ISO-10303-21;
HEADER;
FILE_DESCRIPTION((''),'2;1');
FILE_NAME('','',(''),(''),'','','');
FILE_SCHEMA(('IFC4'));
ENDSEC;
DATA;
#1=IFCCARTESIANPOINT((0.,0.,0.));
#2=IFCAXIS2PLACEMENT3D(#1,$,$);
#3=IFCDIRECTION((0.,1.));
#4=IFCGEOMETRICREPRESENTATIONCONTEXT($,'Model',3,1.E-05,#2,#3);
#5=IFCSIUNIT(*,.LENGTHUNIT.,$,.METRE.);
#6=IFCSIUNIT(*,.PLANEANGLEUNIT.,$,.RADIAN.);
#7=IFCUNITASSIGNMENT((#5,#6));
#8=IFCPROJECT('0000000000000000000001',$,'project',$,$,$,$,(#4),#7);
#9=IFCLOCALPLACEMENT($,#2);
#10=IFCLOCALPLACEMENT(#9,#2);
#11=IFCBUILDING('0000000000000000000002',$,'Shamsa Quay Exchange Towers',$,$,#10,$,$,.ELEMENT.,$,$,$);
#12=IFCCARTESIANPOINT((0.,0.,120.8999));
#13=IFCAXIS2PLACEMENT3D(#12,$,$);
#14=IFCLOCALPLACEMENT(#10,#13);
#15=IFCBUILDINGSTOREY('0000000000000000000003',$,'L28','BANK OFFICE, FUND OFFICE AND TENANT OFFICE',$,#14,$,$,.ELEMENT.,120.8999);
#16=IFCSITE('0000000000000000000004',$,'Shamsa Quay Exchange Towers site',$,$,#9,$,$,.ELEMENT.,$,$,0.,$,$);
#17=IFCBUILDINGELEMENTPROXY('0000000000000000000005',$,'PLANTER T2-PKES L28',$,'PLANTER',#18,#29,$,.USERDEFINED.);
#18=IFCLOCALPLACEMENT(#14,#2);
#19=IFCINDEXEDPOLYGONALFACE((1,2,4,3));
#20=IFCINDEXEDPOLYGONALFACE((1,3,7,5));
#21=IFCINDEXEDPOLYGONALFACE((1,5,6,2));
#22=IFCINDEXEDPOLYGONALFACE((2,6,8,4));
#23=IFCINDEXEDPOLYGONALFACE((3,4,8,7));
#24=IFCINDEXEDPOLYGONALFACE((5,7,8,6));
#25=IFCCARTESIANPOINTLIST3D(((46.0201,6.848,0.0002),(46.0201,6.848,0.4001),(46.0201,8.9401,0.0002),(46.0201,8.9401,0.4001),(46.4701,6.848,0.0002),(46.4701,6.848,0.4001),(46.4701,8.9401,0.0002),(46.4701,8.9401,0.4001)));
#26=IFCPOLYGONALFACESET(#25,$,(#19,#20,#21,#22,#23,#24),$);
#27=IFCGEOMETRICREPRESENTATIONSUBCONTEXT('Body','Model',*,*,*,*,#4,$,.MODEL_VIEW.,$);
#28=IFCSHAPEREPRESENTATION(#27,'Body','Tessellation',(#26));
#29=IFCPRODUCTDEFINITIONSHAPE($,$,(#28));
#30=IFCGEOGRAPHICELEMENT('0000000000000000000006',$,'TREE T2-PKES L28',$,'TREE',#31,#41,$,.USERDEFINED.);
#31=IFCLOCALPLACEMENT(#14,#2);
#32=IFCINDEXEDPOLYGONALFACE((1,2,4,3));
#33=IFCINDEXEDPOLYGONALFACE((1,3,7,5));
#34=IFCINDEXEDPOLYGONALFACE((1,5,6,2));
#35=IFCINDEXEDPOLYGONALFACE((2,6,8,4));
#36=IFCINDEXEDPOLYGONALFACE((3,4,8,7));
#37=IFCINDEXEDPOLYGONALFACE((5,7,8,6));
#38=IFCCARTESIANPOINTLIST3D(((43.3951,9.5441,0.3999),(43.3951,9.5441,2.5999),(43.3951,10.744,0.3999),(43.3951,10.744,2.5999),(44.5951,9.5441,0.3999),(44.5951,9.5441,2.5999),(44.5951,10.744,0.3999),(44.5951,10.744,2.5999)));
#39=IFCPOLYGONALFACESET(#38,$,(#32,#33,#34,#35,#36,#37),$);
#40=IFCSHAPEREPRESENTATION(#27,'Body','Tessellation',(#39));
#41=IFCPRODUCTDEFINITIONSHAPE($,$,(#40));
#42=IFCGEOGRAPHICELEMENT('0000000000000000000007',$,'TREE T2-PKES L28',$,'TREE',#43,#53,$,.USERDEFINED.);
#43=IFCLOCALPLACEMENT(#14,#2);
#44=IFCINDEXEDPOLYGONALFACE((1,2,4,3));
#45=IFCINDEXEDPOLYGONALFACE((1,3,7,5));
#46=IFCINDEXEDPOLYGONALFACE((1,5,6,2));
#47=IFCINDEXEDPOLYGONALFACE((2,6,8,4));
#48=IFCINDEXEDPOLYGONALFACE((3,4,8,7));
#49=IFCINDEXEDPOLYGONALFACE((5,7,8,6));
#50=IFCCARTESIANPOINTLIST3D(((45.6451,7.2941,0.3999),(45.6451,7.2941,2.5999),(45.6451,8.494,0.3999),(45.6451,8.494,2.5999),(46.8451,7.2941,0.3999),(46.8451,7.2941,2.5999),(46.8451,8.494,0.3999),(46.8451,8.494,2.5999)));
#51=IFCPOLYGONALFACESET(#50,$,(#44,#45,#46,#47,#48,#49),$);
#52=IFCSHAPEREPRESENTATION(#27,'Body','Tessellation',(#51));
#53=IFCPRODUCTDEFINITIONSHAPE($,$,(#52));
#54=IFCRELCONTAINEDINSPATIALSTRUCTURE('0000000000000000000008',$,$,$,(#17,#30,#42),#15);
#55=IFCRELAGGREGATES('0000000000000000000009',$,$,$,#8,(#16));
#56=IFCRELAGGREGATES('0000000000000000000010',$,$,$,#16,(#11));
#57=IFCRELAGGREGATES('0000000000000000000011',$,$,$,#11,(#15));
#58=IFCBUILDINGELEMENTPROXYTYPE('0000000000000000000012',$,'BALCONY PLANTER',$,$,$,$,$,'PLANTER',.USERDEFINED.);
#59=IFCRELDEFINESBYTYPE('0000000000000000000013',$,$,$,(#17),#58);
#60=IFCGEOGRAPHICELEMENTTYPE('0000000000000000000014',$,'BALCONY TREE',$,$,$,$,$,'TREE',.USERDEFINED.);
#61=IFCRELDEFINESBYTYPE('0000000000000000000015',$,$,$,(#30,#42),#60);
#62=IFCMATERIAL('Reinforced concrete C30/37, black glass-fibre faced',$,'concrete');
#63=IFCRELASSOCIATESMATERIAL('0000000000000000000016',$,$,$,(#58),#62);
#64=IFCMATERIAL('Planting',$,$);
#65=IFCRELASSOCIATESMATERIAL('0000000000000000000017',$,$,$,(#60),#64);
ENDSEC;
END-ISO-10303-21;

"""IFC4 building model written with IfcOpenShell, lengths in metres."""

from ifc_helpers import new_model, si_unit, direction, frame, origin, origin_2d, place, context, subcontext, project, spatial, rectangle, extrude, material, type_object, element, save


model = new_model("IFC4")

# Units and contexts
model_context = context("Model", 3, precision=1e-05, world=origin(), true_north=direction((0.0, 1.0)))
body_context = subcontext(model_context, "Body", "Model", "MODEL_VIEW")
ifc_project = project(units=[si_unit("LENGTHUNIT", "METRE"), si_unit("PLANEANGLEUNIT", "RADIAN")], contexts=[model_context])

# Site, building, storey
site_placement = place(None, origin())
site = spatial("IfcSite", under=ifc_project, at=site_placement, Name="Shamsa Quay Exchange Towers site", CompositionType="ELEMENT", RefElevation=0.0)
building_placement = place(site_placement, origin())
building = spatial("IfcBuilding", under=site, at=building_placement, Name="Shamsa Quay Exchange Towers", CompositionType="ELEMENT")
storey_placement = place(building_placement, frame((0.0, 0.0, 120.8999)))
storey = spatial("IfcBuildingStorey", under=building, at=storey_placement, Name="L28", Description="BANK OFFICE, FUND OFFICE AND TENANT OFFICE", CompositionType="ELEMENT", Elevation=120.8999)

# Building element proxy
ifc_material_1 = material(Name="Reinforced concrete C30/37, black glass-fibre faced", Category="concrete")
building_element_proxy_type = type_object("IfcBuildingElementProxyType", Name="BALCONY PLANTER", ElementType="PLANTER", PredefinedType="USERDEFINED", material=ifc_material_1)
for number, where, z_axis, x_axis, name in (
    (1, (46.2451, 7.894, 0.0002), (0.0, 0.0, 1.0), (0.0, 1.0, 0.0), "PLANTER T2-PKES L28"),
):
    element("IfcBuildingElementProxy", number, at=place(storey_placement, frame(where, z_axis=z_axis, x_axis=x_axis)), inside=storey, type_object=building_element_proxy_type, Name=name, ObjectType="PLANTER", PredefinedType="USERDEFINED", context=body_context, shape_type="SweptSolid", body=[
        extrude(rectangle(XDim=2.092, YDim=0.45, at=origin_2d()), origin(), (0.0, 0.0, 1.0), 0.3999),
    ])

# Geographic elements
ifc_material_2 = material(Name="Planting")
geographic_element_type = type_object("IfcGeographicElementType", Name="BALCONY TREE", ElementType="TREE", PredefinedType="USERDEFINED", material=ifc_material_2)
for number, where, z_axis, x_axis, name in (
    (2, (43.9951, 10.144, 0.3999), (0.0, 0.0, 1.0), (0.0, 1.0, 0.0), "TREE T2-PKES L28"),
    (3, (46.2451, 7.894, 0.3999), (0.0, 0.0, 1.0), (0.0, 1.0, 0.0), "TREE T2-PKES L28"),
):
    element("IfcGeographicElement", number, at=place(storey_placement, frame(where, z_axis=z_axis, x_axis=x_axis)), inside=storey, type_object=geographic_element_type, Name=name, ObjectType="TREE", PredefinedType="USERDEFINED", context=body_context, shape_type="SweptSolid", body=[
        extrude(rectangle(XDim=1.2, YDim=1.2, at=origin_2d()), origin(), (0.0, 0.0, 1.0), 2.2),
    ])

save(model, "model.ifc")
